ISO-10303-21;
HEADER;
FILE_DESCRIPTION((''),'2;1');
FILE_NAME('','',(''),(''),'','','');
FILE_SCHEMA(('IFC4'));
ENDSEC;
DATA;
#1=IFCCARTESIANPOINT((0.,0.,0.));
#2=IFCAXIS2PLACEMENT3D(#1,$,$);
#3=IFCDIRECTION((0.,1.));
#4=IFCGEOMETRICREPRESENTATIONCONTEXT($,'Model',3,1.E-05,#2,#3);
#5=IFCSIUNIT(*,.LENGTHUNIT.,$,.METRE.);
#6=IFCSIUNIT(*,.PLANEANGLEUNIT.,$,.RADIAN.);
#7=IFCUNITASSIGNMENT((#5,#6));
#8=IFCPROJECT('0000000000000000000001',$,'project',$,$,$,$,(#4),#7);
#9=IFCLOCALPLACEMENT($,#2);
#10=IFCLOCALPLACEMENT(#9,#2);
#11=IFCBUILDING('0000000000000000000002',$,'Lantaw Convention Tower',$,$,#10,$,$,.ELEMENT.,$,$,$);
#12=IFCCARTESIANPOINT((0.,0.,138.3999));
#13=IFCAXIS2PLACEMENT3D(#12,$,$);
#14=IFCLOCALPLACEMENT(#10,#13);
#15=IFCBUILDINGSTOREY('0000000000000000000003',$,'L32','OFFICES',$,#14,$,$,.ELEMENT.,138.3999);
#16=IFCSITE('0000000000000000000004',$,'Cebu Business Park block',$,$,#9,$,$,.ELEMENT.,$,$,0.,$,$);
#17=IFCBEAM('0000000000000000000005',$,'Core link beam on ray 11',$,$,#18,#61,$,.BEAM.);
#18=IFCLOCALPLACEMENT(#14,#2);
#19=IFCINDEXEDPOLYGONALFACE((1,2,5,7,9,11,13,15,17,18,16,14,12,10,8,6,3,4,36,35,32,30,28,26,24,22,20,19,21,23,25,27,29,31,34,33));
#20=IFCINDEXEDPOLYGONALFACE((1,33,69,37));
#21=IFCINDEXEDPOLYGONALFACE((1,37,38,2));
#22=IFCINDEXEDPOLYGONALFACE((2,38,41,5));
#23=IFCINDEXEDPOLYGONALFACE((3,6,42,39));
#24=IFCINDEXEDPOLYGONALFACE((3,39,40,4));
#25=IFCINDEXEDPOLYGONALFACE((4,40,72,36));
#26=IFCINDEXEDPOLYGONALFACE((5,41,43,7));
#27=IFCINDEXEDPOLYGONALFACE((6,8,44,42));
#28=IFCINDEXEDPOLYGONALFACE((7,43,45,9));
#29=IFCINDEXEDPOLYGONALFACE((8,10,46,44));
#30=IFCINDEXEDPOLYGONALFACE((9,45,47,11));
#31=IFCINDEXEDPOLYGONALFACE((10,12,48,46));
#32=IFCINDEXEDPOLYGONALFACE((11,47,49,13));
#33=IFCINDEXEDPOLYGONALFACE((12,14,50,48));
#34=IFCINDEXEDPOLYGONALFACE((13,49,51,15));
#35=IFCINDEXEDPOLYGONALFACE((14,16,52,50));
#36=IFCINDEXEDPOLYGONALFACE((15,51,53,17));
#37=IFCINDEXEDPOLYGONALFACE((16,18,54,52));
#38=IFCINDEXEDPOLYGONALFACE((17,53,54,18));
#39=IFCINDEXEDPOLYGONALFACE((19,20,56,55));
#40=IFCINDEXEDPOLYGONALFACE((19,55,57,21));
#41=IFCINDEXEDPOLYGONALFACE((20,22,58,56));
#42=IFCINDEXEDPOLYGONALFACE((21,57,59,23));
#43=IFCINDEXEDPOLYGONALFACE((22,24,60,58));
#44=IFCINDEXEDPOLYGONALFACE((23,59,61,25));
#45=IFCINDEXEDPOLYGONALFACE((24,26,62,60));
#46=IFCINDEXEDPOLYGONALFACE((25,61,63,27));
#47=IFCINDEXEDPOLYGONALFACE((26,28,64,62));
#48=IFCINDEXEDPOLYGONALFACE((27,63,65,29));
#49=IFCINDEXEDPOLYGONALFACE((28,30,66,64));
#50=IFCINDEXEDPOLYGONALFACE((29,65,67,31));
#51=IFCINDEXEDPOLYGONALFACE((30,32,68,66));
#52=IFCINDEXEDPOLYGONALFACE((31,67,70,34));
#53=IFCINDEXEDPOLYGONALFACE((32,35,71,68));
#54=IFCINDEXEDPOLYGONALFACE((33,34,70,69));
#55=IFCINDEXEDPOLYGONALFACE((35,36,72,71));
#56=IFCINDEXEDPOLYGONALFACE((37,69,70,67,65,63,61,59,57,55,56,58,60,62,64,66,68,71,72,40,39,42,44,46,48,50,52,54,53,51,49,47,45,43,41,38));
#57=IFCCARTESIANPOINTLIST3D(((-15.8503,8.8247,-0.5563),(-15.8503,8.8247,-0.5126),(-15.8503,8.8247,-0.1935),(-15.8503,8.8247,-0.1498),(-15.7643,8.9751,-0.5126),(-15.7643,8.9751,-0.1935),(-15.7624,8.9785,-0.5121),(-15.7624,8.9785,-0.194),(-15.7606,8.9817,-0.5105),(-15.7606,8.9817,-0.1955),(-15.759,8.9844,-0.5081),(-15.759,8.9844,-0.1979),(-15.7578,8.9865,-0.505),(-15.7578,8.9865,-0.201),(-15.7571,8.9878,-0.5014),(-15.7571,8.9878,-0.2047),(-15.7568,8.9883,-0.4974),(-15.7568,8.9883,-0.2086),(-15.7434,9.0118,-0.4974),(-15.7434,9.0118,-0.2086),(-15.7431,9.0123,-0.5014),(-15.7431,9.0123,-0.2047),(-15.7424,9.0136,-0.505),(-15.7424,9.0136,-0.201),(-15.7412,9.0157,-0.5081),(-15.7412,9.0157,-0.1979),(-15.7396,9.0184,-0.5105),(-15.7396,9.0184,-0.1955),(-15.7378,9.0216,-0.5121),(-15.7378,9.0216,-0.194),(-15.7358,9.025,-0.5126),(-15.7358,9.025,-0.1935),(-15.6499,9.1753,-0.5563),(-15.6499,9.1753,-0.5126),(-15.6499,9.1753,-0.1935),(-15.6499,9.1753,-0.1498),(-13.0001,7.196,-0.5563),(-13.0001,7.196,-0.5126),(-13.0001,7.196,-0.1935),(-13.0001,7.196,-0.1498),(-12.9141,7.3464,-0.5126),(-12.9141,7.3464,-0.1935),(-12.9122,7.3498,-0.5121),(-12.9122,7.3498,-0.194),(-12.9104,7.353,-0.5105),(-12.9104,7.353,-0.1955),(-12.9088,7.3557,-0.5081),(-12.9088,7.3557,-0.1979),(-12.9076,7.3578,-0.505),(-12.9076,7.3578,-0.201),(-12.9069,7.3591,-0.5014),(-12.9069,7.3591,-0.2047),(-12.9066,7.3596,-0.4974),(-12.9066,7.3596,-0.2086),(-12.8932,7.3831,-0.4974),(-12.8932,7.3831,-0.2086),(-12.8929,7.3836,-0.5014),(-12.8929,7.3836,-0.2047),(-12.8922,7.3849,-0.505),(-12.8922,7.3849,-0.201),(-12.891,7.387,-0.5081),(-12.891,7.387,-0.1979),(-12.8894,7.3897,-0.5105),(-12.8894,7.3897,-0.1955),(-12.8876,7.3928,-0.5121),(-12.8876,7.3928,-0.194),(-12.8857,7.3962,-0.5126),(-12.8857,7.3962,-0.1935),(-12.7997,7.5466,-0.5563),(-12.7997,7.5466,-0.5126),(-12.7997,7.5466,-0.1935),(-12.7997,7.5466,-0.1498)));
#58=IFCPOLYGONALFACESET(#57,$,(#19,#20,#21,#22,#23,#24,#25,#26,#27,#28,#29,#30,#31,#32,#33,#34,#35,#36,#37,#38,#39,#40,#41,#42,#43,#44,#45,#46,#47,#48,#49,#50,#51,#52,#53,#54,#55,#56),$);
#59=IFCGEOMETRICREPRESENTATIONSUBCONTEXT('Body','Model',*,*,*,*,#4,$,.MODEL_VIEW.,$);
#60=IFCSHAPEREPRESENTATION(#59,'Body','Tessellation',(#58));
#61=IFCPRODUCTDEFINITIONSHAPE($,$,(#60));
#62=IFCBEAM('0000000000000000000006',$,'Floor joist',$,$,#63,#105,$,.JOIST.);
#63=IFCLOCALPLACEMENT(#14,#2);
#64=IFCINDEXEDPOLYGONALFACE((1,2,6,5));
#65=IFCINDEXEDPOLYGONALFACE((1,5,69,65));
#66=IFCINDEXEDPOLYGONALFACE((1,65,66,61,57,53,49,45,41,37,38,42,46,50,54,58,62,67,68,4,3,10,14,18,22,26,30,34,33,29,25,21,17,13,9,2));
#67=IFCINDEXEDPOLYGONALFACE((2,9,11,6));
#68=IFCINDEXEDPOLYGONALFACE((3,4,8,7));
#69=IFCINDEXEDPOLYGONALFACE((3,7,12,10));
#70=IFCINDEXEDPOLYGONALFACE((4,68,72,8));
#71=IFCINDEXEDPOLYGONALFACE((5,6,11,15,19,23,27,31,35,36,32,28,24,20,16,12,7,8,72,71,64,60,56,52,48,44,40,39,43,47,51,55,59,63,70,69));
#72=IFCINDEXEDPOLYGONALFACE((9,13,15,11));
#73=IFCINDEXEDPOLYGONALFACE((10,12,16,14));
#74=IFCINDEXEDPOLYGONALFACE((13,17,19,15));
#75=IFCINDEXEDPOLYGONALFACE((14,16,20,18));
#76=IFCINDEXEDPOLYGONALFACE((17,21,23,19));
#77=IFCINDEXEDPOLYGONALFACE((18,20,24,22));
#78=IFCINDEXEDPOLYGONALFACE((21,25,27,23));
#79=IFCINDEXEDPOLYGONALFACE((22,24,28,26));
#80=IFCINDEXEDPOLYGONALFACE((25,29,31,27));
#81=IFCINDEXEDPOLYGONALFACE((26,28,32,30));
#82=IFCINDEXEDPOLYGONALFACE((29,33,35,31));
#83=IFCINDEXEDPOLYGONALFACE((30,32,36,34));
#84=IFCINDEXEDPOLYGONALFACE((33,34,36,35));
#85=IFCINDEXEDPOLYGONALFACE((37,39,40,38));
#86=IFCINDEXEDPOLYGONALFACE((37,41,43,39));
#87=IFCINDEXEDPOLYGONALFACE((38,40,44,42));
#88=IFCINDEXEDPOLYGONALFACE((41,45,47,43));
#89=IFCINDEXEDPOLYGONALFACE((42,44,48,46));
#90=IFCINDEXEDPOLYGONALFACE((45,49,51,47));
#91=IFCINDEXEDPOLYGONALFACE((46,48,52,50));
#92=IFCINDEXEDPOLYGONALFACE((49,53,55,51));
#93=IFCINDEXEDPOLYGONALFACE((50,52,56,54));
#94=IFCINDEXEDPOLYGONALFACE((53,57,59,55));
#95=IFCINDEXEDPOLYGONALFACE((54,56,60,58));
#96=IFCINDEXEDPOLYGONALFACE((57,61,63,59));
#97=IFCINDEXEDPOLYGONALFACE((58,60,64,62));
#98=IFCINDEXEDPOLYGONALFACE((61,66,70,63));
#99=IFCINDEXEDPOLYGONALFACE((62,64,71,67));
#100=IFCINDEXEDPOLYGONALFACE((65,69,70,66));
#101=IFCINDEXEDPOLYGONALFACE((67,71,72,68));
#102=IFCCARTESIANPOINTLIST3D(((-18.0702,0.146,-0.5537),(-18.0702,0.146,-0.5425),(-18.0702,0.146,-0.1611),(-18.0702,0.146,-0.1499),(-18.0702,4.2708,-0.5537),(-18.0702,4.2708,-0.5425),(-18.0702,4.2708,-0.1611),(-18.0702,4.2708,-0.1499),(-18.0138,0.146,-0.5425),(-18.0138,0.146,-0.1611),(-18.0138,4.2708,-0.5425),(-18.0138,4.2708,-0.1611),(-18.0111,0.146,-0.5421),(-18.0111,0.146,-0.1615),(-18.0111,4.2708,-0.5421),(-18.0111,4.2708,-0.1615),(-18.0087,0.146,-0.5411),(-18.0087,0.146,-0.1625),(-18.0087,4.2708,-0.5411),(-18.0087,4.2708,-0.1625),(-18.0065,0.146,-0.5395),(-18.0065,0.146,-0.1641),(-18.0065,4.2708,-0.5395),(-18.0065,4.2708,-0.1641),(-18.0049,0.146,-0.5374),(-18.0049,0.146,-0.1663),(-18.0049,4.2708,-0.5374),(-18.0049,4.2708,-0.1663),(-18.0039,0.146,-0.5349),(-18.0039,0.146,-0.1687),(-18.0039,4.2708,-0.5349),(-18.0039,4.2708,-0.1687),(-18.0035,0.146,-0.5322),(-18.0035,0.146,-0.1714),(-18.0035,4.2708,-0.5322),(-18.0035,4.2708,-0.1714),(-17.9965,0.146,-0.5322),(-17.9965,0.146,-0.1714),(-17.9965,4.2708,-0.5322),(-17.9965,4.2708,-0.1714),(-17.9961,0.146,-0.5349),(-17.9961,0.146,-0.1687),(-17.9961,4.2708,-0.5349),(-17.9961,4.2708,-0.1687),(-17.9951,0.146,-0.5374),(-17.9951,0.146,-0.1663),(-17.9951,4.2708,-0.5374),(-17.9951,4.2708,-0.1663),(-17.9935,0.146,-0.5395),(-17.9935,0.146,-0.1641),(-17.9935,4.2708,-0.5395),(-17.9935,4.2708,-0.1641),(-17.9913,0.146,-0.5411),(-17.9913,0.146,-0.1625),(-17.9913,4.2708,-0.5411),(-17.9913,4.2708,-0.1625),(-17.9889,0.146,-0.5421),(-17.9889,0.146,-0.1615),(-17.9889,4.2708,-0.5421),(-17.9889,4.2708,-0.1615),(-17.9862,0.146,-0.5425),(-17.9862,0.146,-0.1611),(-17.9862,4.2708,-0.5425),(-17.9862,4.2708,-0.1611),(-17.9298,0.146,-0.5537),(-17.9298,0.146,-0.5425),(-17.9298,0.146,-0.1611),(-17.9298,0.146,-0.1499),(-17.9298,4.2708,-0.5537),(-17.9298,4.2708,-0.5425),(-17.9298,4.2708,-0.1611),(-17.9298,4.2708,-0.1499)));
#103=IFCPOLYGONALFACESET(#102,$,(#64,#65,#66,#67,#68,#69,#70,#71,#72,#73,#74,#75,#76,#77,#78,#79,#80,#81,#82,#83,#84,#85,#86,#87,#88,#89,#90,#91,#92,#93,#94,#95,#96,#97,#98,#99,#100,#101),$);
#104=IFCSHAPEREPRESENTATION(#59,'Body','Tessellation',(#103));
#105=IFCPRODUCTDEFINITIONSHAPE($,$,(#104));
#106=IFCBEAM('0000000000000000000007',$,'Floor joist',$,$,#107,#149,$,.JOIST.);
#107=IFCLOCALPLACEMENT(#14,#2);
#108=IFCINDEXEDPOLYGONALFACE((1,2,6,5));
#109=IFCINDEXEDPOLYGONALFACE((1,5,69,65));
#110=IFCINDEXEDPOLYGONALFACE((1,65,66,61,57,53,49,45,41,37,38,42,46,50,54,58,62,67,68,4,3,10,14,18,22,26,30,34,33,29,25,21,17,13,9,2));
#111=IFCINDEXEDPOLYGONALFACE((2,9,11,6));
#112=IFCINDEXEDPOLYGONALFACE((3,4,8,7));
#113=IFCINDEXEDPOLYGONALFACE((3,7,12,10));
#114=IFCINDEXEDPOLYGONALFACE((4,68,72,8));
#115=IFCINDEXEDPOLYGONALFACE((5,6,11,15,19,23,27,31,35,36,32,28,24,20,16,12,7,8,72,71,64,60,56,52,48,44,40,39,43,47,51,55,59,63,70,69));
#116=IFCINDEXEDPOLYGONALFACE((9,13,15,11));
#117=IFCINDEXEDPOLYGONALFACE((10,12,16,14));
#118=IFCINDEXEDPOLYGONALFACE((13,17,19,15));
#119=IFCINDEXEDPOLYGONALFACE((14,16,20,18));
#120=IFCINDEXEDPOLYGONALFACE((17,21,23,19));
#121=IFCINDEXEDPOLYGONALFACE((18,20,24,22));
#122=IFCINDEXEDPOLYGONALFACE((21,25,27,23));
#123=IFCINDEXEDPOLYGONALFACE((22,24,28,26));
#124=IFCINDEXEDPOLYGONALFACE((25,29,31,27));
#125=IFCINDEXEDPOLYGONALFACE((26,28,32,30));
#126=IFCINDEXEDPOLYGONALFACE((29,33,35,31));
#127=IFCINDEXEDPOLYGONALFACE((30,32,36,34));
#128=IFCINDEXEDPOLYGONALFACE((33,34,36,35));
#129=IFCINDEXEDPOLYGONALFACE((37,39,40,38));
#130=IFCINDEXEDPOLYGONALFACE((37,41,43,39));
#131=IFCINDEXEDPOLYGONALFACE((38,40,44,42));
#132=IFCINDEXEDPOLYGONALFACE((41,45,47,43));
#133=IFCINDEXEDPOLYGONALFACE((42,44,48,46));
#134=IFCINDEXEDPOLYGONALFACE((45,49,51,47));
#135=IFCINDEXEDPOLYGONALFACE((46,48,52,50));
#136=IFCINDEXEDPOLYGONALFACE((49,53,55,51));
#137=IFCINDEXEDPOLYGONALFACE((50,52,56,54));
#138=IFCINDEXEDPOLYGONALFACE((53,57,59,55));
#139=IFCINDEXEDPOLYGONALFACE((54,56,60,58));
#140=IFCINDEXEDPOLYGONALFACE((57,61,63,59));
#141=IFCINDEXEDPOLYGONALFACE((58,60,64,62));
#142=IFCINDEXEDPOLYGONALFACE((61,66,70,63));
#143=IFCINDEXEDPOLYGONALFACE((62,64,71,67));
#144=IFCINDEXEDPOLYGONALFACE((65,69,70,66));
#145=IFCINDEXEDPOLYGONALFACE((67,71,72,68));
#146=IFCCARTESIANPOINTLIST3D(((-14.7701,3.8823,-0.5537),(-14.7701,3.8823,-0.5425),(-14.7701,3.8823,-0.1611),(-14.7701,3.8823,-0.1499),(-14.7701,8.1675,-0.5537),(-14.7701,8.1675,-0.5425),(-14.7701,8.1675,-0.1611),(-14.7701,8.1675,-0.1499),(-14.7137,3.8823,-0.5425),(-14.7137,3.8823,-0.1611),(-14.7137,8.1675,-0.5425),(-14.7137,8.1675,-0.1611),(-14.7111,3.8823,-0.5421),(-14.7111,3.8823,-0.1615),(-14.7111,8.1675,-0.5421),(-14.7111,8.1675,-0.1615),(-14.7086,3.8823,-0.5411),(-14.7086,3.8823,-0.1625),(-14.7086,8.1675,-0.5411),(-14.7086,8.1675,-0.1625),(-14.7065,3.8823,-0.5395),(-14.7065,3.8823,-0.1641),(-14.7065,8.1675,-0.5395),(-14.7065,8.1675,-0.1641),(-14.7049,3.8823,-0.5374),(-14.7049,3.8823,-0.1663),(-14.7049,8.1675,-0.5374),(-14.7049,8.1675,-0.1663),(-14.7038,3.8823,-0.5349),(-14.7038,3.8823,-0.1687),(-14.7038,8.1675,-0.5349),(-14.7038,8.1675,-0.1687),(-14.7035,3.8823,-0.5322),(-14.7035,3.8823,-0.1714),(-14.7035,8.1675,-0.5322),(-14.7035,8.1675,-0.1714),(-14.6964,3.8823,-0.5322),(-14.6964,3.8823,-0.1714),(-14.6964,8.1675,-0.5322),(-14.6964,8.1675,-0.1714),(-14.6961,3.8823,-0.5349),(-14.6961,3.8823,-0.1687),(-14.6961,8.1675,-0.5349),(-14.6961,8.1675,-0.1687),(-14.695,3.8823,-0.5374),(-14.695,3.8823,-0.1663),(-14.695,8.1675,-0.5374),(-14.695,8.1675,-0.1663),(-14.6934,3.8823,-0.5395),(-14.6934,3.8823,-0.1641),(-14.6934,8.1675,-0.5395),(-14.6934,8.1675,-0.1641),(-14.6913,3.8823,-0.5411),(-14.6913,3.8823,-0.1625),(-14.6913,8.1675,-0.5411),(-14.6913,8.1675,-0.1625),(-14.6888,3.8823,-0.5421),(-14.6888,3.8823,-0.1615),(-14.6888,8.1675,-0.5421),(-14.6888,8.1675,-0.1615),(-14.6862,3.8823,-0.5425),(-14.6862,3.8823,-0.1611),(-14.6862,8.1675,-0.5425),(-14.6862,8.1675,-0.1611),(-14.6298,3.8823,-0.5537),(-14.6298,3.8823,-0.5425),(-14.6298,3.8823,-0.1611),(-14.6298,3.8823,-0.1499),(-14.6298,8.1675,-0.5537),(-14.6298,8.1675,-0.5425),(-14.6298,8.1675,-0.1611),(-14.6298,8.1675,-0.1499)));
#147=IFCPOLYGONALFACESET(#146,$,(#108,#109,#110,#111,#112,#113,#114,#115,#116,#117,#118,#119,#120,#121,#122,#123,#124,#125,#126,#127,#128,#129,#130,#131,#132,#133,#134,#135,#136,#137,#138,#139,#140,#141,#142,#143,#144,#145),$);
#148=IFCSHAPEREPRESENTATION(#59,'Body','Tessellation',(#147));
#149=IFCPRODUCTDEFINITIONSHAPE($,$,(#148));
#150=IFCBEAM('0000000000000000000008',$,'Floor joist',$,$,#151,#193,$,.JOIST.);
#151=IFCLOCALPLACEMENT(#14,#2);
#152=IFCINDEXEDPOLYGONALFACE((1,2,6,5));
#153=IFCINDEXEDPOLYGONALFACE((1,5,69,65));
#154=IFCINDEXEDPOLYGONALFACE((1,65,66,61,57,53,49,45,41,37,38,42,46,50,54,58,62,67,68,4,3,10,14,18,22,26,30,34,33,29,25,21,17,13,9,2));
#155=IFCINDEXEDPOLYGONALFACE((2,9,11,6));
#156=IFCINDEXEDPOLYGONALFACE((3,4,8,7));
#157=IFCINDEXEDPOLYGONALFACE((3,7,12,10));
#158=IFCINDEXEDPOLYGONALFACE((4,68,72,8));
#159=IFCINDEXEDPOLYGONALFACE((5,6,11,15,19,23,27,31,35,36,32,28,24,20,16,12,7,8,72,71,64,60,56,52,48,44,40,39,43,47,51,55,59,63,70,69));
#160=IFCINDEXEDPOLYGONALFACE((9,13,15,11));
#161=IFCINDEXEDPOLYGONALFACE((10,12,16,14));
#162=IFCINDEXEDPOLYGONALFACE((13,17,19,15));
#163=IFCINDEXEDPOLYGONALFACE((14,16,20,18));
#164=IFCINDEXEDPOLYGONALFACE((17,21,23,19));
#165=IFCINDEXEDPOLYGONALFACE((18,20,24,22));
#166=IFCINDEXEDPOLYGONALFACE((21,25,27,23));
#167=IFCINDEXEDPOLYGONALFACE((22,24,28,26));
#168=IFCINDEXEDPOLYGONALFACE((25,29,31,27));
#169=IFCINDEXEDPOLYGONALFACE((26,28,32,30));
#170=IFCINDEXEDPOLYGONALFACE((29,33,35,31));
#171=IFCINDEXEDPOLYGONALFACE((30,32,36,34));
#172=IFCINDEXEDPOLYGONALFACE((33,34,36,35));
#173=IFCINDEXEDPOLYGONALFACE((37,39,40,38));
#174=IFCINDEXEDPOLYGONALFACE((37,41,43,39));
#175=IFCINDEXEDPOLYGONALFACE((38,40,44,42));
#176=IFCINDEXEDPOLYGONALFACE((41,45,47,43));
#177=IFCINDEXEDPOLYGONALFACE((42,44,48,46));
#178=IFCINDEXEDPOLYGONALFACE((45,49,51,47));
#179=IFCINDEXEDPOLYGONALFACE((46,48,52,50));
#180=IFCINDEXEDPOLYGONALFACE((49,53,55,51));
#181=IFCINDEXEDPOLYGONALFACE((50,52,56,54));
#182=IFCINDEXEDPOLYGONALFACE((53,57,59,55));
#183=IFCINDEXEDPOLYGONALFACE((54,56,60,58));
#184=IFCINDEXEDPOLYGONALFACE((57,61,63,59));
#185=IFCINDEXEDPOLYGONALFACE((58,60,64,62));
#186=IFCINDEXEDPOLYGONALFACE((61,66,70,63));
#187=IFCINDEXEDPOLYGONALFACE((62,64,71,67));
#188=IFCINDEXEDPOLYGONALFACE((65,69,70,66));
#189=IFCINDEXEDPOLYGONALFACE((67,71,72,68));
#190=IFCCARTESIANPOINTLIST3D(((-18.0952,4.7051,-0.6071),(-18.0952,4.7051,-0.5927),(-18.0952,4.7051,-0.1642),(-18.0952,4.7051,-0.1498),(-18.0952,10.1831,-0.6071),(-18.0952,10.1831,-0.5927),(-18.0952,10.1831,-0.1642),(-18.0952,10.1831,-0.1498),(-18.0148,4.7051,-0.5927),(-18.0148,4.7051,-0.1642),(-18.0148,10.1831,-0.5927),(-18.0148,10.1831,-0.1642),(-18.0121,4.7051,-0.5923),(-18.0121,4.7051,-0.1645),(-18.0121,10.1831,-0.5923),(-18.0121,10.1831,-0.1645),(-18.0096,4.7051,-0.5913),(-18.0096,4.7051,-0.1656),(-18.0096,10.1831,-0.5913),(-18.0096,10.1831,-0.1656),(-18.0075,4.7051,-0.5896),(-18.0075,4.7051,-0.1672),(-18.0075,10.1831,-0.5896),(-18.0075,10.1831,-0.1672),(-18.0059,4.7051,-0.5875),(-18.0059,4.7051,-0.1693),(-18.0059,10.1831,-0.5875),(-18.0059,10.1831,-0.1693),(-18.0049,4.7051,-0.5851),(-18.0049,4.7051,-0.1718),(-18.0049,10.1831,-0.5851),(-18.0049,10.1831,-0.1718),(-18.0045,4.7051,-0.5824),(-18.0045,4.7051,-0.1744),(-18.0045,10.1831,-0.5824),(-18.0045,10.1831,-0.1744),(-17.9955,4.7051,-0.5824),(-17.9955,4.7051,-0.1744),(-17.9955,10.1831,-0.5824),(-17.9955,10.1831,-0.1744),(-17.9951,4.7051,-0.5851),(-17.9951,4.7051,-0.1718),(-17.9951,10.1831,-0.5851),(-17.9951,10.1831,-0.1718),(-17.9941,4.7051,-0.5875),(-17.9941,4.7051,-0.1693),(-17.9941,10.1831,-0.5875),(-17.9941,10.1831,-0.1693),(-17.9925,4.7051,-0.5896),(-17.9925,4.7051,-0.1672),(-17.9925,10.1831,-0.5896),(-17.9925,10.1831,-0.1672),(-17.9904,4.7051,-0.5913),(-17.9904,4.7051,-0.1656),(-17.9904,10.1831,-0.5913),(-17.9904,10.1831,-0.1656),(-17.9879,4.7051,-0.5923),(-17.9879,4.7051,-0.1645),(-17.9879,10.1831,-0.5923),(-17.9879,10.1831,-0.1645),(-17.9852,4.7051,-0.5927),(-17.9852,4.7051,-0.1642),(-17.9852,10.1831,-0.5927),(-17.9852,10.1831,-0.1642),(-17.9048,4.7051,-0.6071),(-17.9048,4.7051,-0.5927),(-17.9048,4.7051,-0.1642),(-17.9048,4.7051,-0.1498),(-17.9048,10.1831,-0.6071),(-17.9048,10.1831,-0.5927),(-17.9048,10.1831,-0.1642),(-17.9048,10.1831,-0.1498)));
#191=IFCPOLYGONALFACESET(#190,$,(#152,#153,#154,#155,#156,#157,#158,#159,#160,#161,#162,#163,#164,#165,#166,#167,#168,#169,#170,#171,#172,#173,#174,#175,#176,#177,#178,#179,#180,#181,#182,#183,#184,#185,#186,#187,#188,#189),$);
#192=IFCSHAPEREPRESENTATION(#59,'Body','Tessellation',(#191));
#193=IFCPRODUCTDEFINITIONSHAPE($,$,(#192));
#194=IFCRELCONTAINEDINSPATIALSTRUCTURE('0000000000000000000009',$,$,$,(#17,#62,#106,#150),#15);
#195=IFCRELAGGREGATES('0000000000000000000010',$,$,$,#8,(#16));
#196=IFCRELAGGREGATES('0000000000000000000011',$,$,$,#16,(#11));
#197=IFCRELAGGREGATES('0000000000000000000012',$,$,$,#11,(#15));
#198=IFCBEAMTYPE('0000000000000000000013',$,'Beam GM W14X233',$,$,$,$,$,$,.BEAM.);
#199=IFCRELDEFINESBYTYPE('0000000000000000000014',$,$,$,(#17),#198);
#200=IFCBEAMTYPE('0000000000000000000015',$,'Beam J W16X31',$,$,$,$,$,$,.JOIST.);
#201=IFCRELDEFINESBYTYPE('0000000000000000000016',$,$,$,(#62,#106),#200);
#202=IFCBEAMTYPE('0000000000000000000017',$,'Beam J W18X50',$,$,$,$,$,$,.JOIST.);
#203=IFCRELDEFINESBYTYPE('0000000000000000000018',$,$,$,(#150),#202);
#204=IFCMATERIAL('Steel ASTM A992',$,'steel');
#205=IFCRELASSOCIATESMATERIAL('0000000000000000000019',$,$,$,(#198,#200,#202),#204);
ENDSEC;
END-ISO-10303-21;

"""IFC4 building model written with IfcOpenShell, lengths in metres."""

from ifc_helpers import new_model, si_unit, direction, frame, origin, origin_2d, place, context, subcontext, project, spatial, i_section, extrude, material, material_profile, profile_set, type_object, element, save


model = new_model("IFC4")

# Units and contexts
model_context = context("Model", 3, precision=1e-05, world=origin(), true_north=direction((0.0, 1.0)))
body_context = subcontext(model_context, "Body", "Model", "MODEL_VIEW")
ifc_project = project(units=[si_unit("LENGTHUNIT", "METRE"), si_unit("PLANEANGLEUNIT", "RADIAN")], contexts=[model_context])

# Site, building, storey
site_placement = place(None, origin())
site = spatial("IfcSite", under=ifc_project, at=site_placement, Name="Cebu Business Park block", CompositionType="ELEMENT", RefElevation=0.0)
building_placement = place(site_placement, origin())
building = spatial("IfcBuilding", under=site, at=building_placement, Name="Lantaw Convention Tower", CompositionType="ELEMENT")
storey_placement = place(building_placement, frame((0.0, 0.0, 138.3999)))
storey = spatial("IfcBuildingStorey", under=building, at=storey_placement, Name="L32", Description="OFFICES", CompositionType="ELEMENT", Elevation=138.3999)

# Beams
ifc_material_1 = material(Name="Steel ASTM A992", Category="steel")
ifc_material_profile_1 = material_profile(ifc_material_1, i_section(OverallWidth=0.4038, OverallDepth=0.4065, WebThickness=0.0271, FlangeThickness=0.0437, FilletRadius=0.0151, at=origin_2d()), Name="W14X233")
ifc_profile_set_1 = profile_set([ifc_material_profile_1], Name="Steel ASTM A992")
beam_type_1 = type_object("IfcBeamType", Name="Beam GM W14X233", PredefinedType="BEAM", material=ifc_profile_set_1)
beam_1_placement = place(storey_placement, frame((-12.8999, 7.3713, -0.353), z_axis=(-0.868239, 0.496147, 0.0), x_axis=(-0.496147, -0.868239, 0.0)))
element("IfcBeam", 1, at=beam_1_placement, inside=storey, type_object=beam_type_1, Name="Core link beam on ray 11", PredefinedType="BEAM", context=body_context, shape_type="SweptSolid", body=[
    extrude(i_section(OverallWidth=0.4038, OverallDepth=0.4065, WebThickness=0.0271, FlangeThickness=0.0437, FilletRadius=0.0151, at=origin_2d()), origin(), (0.0, 0.0, 1.0), 3.2827),
])
ifc_material_profile_2 = material_profile(ifc_material_1, i_section(OverallWidth=0.1404, OverallDepth=0.4038, WebThickness=0.0071, FlangeThickness=0.0112, FilletRadius=0.0103, at=origin_2d()), Name="W16X31")
ifc_profile_set_2 = profile_set([ifc_material_profile_2], Name="Steel ASTM A992")
beam_type_2 = type_object("IfcBeamType", Name="Beam J W16X31", PredefinedType="JOIST", material=ifc_profile_set_2)
beam_2_placement = place(storey_placement, frame((-18.0, 0.146, -0.3518), z_axis=(0.0, 1.0, 0.0), x_axis=(-1.0, 0.0, 0.0)))
element("IfcBeam", 2, at=beam_2_placement, inside=storey, type_object=beam_type_2, Name="Floor joist", PredefinedType="JOIST", context=body_context, shape_type="SweptSolid", body=[
    extrude(i_section(OverallWidth=0.1404, OverallDepth=0.4038, WebThickness=0.0071, FlangeThickness=0.0112, FilletRadius=0.0103, at=origin_2d()), origin(), (0.0, 0.0, 1.0), 4.1248),
])
beam_3_placement = place(storey_placement, frame((-14.7, 3.8823, -0.3518), z_axis=(0.0, 1.0, 0.0), x_axis=(-1.0, 0.0, 0.0)))
element("IfcBeam", 3, at=beam_3_placement, inside=storey, type_object=beam_type_2, Name="Floor joist", PredefinedType="JOIST", context=body_context, shape_type="SweptSolid", body=[
    extrude(i_section(OverallWidth=0.1404, OverallDepth=0.4038, WebThickness=0.0071, FlangeThickness=0.0112, FilletRadius=0.0103, at=origin_2d()), origin(), (0.0, 0.0, 1.0), 4.2852),
])
ifc_material_profile_3 = material_profile(ifc_material_1, i_section(OverallWidth=0.1904, OverallDepth=0.4573, WebThickness=0.009, FlangeThickness=0.0144, FilletRadius=0.0103, at=origin_2d()), Name="W18X50")
ifc_profile_set_3 = profile_set([ifc_material_profile_3], Name="Steel ASTM A992")
beam_type_3 = type_object("IfcBeamType", Name="Beam J W18X50", PredefinedType="JOIST", material=ifc_profile_set_3)
beam_4_placement = place(storey_placement, frame((-18.0, 4.7051, -0.3784), z_axis=(0.0, 1.0, 0.0), x_axis=(-1.0, 0.0, 0.0)))
element("IfcBeam", 4, at=beam_4_placement, inside=storey, type_object=beam_type_3, Name="Floor joist", PredefinedType="JOIST", context=body_context, shape_type="SweptSolid", body=[
    extrude(i_section(OverallWidth=0.1904, OverallDepth=0.4573, WebThickness=0.009, FlangeThickness=0.0144, FilletRadius=0.0103, at=origin_2d()), origin(), (0.0, 0.0, 1.0), 5.478),
])

save(model, "model.ifc")
